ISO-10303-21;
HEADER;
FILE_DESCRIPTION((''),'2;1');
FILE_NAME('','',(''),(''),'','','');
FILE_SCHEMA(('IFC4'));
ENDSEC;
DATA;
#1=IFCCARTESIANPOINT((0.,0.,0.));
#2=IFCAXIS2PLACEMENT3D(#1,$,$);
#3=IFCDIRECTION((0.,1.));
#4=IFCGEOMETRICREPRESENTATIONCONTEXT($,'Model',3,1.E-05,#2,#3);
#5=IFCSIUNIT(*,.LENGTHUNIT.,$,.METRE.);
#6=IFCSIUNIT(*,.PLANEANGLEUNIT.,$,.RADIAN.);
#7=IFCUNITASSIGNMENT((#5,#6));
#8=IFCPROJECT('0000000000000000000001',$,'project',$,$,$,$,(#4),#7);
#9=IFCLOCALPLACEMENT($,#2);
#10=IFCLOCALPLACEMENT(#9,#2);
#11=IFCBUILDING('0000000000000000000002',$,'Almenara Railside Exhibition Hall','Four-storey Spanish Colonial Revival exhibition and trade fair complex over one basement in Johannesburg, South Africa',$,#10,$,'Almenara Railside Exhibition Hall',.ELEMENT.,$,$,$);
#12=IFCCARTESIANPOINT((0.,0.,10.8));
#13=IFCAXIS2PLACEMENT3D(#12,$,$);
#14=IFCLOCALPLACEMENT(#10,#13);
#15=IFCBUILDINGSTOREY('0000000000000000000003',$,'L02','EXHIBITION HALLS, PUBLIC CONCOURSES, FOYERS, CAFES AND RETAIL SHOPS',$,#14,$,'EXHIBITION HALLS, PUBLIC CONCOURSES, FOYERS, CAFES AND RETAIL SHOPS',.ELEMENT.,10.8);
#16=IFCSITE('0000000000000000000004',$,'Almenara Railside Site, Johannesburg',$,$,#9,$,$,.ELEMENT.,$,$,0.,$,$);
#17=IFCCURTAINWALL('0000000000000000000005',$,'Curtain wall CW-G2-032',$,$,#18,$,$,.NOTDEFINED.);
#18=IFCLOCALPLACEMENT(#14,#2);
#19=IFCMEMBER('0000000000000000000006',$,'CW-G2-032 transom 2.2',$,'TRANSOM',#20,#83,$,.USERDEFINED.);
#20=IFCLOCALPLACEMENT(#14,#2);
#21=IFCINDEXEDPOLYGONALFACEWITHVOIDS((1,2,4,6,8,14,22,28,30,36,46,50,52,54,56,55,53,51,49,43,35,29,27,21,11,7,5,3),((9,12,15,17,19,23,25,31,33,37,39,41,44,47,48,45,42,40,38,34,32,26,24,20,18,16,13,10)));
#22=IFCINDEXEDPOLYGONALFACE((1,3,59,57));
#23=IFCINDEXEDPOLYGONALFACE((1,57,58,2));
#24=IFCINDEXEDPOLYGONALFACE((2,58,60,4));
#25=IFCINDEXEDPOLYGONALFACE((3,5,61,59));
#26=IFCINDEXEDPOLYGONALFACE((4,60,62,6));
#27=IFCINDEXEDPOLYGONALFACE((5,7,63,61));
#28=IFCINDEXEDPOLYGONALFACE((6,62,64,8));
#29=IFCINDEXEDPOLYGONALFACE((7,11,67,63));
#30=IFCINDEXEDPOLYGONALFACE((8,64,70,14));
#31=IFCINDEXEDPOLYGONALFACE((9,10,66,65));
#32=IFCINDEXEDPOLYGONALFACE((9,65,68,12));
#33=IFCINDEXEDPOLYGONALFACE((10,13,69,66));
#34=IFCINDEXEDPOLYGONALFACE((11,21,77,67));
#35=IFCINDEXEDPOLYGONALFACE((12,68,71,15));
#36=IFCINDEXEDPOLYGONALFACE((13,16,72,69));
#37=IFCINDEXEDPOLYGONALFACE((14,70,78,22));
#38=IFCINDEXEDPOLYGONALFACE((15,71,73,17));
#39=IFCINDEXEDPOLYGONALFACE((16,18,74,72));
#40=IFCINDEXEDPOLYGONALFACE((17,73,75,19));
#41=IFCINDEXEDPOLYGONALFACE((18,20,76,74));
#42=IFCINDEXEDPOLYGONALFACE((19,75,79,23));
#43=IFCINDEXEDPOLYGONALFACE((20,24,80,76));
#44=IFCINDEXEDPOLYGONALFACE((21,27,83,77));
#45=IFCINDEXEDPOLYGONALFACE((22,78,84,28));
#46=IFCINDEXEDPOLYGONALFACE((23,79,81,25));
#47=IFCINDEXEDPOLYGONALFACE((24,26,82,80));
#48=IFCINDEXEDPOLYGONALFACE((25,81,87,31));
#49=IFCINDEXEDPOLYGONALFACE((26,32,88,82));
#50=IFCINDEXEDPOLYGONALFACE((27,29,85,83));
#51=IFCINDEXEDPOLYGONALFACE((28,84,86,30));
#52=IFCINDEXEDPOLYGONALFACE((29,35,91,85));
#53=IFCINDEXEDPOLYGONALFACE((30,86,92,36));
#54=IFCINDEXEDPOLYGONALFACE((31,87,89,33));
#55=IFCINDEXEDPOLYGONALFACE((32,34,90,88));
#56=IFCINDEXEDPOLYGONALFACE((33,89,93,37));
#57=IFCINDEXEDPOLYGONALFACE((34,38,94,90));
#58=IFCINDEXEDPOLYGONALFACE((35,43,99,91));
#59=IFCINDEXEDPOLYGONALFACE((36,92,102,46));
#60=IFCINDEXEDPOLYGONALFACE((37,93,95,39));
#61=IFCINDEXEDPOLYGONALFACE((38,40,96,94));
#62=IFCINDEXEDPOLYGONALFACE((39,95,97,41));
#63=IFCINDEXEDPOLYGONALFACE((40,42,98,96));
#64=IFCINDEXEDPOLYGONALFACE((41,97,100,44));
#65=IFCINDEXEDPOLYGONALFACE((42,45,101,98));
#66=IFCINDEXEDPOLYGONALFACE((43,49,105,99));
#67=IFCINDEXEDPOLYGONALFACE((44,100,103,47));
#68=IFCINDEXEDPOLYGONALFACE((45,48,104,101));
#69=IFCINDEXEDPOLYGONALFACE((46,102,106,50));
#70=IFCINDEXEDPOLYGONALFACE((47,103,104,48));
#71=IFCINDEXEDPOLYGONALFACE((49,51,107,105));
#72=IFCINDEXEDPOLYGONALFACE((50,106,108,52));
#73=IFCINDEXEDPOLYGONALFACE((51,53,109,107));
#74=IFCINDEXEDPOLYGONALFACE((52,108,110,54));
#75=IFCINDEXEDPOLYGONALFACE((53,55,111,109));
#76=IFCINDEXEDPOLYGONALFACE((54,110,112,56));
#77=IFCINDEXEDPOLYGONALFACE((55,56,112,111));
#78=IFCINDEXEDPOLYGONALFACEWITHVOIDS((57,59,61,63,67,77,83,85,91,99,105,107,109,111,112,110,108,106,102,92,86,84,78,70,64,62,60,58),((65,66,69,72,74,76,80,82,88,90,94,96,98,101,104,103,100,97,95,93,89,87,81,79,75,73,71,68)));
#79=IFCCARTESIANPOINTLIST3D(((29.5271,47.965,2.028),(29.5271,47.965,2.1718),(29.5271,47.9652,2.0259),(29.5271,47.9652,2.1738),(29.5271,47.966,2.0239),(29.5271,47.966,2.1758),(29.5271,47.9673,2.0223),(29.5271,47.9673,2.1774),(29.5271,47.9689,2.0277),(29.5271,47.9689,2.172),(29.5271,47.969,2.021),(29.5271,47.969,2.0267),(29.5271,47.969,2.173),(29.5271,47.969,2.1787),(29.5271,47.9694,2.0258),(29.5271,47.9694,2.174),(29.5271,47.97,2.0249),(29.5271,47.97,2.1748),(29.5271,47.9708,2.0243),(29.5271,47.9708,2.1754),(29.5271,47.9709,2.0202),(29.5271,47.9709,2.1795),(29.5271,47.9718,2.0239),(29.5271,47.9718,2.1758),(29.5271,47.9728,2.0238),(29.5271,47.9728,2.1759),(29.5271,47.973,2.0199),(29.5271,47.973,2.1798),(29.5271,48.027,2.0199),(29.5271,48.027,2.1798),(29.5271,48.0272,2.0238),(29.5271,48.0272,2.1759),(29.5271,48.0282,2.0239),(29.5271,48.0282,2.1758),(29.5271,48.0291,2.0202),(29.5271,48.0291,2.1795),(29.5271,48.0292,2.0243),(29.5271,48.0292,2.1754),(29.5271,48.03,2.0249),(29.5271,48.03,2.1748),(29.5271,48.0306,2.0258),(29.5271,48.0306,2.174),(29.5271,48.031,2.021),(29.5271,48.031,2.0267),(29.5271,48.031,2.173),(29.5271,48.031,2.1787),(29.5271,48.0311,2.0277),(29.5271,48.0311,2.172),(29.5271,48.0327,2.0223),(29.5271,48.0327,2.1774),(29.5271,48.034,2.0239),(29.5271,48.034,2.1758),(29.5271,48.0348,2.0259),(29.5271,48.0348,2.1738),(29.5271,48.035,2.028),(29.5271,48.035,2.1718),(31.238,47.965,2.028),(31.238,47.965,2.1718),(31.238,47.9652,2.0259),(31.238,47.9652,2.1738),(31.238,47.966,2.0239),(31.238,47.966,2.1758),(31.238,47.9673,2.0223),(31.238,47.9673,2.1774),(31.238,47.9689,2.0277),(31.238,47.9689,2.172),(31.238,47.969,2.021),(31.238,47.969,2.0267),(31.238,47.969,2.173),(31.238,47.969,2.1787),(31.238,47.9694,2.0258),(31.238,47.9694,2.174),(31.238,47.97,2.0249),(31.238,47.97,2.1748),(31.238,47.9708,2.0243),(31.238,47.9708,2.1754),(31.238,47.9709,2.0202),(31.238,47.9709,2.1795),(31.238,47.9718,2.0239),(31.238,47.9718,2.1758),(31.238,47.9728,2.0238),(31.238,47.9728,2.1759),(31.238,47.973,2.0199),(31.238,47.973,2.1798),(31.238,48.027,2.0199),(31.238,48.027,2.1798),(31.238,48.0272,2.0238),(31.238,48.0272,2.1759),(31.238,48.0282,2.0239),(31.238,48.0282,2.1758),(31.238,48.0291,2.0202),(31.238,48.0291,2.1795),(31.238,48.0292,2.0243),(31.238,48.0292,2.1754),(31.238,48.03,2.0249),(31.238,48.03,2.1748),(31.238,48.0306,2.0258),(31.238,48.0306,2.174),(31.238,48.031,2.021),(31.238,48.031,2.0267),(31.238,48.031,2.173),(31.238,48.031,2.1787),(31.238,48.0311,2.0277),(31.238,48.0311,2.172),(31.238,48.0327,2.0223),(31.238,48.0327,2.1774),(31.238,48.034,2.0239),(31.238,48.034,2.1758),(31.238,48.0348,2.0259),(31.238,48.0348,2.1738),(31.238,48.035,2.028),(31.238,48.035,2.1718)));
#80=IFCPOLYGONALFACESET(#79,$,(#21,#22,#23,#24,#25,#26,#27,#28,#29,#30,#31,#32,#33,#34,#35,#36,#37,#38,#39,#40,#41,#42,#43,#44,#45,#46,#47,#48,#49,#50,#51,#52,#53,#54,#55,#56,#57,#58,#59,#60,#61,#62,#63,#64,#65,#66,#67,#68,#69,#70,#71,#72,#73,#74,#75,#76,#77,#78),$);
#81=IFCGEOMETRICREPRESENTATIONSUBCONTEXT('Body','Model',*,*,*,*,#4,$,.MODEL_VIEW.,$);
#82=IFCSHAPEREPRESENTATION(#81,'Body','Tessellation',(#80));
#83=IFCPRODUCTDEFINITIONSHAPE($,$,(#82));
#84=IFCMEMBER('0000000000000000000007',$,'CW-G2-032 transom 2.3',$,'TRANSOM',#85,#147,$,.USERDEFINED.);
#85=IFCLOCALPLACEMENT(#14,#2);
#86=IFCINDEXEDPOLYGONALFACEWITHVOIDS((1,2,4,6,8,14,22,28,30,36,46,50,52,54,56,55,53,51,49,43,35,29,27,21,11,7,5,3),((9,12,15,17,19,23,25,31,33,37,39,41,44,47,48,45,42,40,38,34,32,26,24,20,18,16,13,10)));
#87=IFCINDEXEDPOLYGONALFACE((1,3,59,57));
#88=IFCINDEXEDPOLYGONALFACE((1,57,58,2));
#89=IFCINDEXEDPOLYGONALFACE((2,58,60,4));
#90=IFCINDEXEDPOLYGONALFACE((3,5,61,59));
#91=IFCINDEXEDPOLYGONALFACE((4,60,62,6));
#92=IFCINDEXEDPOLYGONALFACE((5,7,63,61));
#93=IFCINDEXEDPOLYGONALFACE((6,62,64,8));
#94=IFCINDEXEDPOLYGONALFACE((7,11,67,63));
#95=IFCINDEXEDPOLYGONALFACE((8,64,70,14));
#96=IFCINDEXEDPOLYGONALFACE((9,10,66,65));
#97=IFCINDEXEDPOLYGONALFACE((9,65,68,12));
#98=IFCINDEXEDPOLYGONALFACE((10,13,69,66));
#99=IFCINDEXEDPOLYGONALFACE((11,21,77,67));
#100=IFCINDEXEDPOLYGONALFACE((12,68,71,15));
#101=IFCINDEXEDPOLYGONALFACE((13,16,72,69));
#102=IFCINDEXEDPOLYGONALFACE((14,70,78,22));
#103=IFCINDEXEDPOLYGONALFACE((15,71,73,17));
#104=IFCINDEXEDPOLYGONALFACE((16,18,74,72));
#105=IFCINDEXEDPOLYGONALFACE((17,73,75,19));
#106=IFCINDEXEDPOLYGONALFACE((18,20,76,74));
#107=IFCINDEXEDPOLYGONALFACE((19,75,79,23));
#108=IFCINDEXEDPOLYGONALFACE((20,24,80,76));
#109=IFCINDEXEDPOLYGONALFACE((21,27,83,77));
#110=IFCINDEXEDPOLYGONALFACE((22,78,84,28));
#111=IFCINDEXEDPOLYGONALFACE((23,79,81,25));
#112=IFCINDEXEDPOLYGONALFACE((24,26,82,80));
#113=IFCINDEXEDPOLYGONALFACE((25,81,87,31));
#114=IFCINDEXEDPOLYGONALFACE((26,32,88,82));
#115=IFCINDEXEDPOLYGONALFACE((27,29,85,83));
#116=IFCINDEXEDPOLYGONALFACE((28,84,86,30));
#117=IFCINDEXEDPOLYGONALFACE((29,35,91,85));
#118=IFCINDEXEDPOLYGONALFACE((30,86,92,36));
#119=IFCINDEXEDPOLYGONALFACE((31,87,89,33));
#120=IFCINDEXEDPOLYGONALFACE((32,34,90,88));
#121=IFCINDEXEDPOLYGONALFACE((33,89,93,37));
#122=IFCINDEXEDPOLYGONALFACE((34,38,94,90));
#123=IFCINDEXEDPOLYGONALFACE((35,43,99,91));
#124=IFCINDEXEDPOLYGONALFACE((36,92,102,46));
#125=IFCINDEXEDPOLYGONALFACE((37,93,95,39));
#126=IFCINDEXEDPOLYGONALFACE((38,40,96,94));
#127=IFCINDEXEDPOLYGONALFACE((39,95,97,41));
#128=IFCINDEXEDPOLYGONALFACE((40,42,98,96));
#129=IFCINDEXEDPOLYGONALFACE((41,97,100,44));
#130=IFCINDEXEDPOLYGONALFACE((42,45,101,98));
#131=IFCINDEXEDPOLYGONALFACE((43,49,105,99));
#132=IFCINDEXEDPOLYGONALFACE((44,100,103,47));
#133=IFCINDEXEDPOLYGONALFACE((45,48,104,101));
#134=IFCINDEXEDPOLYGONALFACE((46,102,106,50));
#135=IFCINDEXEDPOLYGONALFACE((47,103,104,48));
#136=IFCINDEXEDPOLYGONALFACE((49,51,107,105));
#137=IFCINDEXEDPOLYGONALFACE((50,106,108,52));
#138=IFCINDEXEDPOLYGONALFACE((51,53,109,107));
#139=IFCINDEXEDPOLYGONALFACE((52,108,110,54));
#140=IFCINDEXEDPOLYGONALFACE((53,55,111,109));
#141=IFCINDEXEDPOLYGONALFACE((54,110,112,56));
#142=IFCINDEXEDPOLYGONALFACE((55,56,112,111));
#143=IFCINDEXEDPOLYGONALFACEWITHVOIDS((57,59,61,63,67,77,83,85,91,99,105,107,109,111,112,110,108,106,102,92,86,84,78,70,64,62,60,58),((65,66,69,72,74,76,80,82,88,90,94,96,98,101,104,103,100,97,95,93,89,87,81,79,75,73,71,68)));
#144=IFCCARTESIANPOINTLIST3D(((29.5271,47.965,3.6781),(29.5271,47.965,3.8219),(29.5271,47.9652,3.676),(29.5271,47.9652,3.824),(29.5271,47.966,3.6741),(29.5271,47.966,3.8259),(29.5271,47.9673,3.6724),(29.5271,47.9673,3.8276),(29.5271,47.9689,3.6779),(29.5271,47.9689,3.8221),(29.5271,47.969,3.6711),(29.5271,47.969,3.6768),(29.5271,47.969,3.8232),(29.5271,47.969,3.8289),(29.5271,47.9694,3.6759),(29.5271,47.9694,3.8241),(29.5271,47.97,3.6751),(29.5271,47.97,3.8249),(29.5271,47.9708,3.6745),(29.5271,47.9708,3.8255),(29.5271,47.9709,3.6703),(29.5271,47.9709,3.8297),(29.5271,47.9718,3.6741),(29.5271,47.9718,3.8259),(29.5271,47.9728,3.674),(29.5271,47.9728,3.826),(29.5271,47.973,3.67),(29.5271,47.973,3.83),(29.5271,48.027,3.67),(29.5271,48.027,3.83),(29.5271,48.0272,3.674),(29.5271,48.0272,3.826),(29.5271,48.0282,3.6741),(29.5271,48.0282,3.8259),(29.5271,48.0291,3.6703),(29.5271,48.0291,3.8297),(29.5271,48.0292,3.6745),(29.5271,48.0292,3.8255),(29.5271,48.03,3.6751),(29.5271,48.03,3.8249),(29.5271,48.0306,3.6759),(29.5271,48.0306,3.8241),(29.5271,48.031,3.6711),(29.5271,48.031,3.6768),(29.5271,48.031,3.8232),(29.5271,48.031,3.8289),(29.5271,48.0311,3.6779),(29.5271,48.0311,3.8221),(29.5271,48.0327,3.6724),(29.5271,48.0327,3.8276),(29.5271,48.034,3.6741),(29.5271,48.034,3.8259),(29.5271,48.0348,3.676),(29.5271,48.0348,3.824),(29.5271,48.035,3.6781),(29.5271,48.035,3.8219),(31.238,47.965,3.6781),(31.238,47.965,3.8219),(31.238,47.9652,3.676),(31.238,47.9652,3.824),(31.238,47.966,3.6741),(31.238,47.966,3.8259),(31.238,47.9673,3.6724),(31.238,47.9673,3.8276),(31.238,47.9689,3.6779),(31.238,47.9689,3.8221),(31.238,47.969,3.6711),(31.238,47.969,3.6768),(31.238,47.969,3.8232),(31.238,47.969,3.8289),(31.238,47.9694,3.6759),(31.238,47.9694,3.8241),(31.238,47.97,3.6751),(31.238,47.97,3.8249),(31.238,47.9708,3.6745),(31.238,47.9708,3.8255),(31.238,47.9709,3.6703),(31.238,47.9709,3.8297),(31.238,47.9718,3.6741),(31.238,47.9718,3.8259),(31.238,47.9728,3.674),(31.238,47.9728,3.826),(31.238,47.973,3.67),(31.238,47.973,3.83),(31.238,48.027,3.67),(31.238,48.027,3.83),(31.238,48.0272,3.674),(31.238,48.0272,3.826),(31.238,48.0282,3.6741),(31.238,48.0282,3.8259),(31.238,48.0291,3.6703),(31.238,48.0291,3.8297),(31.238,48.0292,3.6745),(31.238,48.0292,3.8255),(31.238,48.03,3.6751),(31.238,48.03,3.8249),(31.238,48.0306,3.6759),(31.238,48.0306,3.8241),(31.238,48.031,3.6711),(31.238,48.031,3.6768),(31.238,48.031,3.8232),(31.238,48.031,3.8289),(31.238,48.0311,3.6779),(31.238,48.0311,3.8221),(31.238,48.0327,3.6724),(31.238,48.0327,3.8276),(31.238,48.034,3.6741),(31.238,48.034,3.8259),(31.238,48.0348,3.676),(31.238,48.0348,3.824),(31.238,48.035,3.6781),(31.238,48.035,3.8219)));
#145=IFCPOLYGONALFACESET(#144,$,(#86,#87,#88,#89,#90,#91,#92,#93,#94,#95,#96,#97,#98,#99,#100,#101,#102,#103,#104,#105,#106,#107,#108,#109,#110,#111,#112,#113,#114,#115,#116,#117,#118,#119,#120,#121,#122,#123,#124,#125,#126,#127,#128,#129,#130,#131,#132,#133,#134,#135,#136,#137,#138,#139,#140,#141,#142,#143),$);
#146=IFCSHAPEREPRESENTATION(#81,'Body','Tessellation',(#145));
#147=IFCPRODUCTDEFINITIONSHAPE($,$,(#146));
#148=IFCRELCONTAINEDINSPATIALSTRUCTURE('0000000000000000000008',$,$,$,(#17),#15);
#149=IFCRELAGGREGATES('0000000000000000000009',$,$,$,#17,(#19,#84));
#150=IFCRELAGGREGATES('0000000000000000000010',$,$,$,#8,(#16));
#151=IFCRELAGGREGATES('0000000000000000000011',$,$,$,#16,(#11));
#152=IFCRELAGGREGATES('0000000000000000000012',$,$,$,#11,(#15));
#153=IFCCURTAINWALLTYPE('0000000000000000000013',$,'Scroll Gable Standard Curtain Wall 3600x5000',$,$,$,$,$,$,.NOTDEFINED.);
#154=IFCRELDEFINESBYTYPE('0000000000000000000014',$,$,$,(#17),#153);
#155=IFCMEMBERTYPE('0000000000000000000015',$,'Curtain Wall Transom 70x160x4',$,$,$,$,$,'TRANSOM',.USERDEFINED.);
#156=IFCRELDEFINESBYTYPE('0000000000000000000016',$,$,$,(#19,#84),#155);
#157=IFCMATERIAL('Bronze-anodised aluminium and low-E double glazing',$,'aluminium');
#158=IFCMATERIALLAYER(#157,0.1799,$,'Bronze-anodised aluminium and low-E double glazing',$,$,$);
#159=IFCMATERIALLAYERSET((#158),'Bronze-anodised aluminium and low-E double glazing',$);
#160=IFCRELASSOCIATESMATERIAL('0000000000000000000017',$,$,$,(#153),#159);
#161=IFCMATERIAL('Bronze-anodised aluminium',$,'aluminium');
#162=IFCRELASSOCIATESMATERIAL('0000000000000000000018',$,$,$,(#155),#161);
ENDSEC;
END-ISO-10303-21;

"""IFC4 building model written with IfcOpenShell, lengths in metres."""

from ifc_helpers import new_model, si_unit, direction, frame, origin, origin_2d, place, context, subcontext, project, spatial, hollow_rectangle, extrude, material, layer, layer_set, material_profile, profile_set, type_object, element, aggregate, save


model = new_model("IFC4")

# Units and contexts
model_context = context("Model", 3, precision=1e-05, world=origin(), true_north=direction((0.0, 1.0)))
body_context = subcontext(model_context, "Body", "Model", "MODEL_VIEW")
ifc_project = project(units=[si_unit("LENGTHUNIT", "METRE"), si_unit("PLANEANGLEUNIT", "RADIAN")], contexts=[model_context])

# Site, building, storey
site_placement = place(None, origin())
site = spatial("IfcSite", under=ifc_project, at=site_placement, Name="Almenara Railside Site, Johannesburg", CompositionType="ELEMENT", RefElevation=0.0)
building_placement = place(site_placement, origin())
building = spatial("IfcBuilding", under=site, at=building_placement, Name="Almenara Railside Exhibition Hall", Description="Four-storey Spanish Colonial Revival exhibition and trade fair complex over one basement in Johannesburg, South Africa", LongName="Almenara Railside Exhibition Hall", CompositionType="ELEMENT")
storey_placement = place(building_placement, frame((0.0, 0.0, 10.8)))
storey = spatial("IfcBuildingStorey", under=building, at=storey_placement, Name="L02", Description="EXHIBITION HALLS, PUBLIC CONCOURSES, FOYERS, CAFES AND RETAIL SHOPS", LongName="EXHIBITION HALLS, PUBLIC CONCOURSES, FOYERS, CAFES AND RETAIL SHOPS", CompositionType="ELEMENT", Elevation=10.8)

# Curtain wall
ifc_material_1 = material(Name="Bronze-anodised aluminium and low-E double glazing", Category="aluminium")
ifc_material_2 = material(Name="Bronze-anodised aluminium", Category="aluminium")
ifc_layer_1 = layer(ifc_material_1, 0.1799, Name="Bronze-anodised aluminium and low-E double glazing")
ifc_layer_set_1 = layer_set([ifc_layer_1], Name="Bronze-anodised aluminium and low-E double glazing")
curtain_wall_type_1 = type_object("IfcCurtainWallType", Name="Scroll Gable Standard Curtain Wall 3600x5000", PredefinedType="NOTDEFINED", material=ifc_layer_set_1)
curtain_wall_1_placement = place(storey_placement, origin())
curtain_wall_1 = element("IfcCurtainWall", 1, at=curtain_wall_1_placement, inside=storey, type_object=curtain_wall_type_1, Name="Curtain wall CW-G2-032", PredefinedType="NOTDEFINED")

# Members
ifc_material_profile_1 = material_profile(ifc_material_2, hollow_rectangle(XDim=0.0701, YDim=0.1599, WallThickness=0.0039, InnerFilletRadius=0.0039, OuterFilletRadius=0.0081, at=origin_2d()), Name="ALU-TRN 70x160x4")
ifc_profile_set_1 = profile_set([ifc_material_profile_1], Name="Bronze-anodised aluminium")
member_type_1 = type_object("IfcMemberType", Name="Curtain Wall Transom 70x160x4", ElementType="TRANSOM", PredefinedType="USERDEFINED", material=ifc_profile_set_1)
member_1_placement = place(storey_placement, frame((29.5271, 48.0, 2.0999), z_axis=(1.0, 0.0, 0.0), x_axis=(0.0, 1.0, 0.0)))
member_1 = element("IfcMember", 2, at=member_1_placement, type_object=member_type_1, Name="CW-G2-032 transom 2.2", ObjectType="TRANSOM", PredefinedType="USERDEFINED", context=body_context, shape_type="SweptSolid", body=[
    extrude(hollow_rectangle(XDim=0.0701, YDim=0.1599, WallThickness=0.0039, InnerFilletRadius=0.0039, OuterFilletRadius=0.0081, at=origin_2d()), origin(), (0.0, 0.0, 1.0), 1.7109),
])
member_2_placement = place(storey_placement, frame((29.5271, 48.0, 3.75), z_axis=(1.0, 0.0, 0.0), x_axis=(0.0, 1.0, 0.0)))
member_2 = element("IfcMember", 3, at=member_2_placement, type_object=member_type_1, Name="CW-G2-032 transom 2.3", ObjectType="TRANSOM", PredefinedType="USERDEFINED", context=body_context, shape_type="SweptSolid", body=[
    extrude(hollow_rectangle(XDim=0.0701, YDim=0.1599, WallThickness=0.0039, InnerFilletRadius=0.0039, OuterFilletRadius=0.0081, at=origin_2d()), origin(), (0.0, 0.0, 1.0), 1.7109),
])

aggregate(curtain_wall_1, [member_1, member_2])

save(model, "model.ifc")
